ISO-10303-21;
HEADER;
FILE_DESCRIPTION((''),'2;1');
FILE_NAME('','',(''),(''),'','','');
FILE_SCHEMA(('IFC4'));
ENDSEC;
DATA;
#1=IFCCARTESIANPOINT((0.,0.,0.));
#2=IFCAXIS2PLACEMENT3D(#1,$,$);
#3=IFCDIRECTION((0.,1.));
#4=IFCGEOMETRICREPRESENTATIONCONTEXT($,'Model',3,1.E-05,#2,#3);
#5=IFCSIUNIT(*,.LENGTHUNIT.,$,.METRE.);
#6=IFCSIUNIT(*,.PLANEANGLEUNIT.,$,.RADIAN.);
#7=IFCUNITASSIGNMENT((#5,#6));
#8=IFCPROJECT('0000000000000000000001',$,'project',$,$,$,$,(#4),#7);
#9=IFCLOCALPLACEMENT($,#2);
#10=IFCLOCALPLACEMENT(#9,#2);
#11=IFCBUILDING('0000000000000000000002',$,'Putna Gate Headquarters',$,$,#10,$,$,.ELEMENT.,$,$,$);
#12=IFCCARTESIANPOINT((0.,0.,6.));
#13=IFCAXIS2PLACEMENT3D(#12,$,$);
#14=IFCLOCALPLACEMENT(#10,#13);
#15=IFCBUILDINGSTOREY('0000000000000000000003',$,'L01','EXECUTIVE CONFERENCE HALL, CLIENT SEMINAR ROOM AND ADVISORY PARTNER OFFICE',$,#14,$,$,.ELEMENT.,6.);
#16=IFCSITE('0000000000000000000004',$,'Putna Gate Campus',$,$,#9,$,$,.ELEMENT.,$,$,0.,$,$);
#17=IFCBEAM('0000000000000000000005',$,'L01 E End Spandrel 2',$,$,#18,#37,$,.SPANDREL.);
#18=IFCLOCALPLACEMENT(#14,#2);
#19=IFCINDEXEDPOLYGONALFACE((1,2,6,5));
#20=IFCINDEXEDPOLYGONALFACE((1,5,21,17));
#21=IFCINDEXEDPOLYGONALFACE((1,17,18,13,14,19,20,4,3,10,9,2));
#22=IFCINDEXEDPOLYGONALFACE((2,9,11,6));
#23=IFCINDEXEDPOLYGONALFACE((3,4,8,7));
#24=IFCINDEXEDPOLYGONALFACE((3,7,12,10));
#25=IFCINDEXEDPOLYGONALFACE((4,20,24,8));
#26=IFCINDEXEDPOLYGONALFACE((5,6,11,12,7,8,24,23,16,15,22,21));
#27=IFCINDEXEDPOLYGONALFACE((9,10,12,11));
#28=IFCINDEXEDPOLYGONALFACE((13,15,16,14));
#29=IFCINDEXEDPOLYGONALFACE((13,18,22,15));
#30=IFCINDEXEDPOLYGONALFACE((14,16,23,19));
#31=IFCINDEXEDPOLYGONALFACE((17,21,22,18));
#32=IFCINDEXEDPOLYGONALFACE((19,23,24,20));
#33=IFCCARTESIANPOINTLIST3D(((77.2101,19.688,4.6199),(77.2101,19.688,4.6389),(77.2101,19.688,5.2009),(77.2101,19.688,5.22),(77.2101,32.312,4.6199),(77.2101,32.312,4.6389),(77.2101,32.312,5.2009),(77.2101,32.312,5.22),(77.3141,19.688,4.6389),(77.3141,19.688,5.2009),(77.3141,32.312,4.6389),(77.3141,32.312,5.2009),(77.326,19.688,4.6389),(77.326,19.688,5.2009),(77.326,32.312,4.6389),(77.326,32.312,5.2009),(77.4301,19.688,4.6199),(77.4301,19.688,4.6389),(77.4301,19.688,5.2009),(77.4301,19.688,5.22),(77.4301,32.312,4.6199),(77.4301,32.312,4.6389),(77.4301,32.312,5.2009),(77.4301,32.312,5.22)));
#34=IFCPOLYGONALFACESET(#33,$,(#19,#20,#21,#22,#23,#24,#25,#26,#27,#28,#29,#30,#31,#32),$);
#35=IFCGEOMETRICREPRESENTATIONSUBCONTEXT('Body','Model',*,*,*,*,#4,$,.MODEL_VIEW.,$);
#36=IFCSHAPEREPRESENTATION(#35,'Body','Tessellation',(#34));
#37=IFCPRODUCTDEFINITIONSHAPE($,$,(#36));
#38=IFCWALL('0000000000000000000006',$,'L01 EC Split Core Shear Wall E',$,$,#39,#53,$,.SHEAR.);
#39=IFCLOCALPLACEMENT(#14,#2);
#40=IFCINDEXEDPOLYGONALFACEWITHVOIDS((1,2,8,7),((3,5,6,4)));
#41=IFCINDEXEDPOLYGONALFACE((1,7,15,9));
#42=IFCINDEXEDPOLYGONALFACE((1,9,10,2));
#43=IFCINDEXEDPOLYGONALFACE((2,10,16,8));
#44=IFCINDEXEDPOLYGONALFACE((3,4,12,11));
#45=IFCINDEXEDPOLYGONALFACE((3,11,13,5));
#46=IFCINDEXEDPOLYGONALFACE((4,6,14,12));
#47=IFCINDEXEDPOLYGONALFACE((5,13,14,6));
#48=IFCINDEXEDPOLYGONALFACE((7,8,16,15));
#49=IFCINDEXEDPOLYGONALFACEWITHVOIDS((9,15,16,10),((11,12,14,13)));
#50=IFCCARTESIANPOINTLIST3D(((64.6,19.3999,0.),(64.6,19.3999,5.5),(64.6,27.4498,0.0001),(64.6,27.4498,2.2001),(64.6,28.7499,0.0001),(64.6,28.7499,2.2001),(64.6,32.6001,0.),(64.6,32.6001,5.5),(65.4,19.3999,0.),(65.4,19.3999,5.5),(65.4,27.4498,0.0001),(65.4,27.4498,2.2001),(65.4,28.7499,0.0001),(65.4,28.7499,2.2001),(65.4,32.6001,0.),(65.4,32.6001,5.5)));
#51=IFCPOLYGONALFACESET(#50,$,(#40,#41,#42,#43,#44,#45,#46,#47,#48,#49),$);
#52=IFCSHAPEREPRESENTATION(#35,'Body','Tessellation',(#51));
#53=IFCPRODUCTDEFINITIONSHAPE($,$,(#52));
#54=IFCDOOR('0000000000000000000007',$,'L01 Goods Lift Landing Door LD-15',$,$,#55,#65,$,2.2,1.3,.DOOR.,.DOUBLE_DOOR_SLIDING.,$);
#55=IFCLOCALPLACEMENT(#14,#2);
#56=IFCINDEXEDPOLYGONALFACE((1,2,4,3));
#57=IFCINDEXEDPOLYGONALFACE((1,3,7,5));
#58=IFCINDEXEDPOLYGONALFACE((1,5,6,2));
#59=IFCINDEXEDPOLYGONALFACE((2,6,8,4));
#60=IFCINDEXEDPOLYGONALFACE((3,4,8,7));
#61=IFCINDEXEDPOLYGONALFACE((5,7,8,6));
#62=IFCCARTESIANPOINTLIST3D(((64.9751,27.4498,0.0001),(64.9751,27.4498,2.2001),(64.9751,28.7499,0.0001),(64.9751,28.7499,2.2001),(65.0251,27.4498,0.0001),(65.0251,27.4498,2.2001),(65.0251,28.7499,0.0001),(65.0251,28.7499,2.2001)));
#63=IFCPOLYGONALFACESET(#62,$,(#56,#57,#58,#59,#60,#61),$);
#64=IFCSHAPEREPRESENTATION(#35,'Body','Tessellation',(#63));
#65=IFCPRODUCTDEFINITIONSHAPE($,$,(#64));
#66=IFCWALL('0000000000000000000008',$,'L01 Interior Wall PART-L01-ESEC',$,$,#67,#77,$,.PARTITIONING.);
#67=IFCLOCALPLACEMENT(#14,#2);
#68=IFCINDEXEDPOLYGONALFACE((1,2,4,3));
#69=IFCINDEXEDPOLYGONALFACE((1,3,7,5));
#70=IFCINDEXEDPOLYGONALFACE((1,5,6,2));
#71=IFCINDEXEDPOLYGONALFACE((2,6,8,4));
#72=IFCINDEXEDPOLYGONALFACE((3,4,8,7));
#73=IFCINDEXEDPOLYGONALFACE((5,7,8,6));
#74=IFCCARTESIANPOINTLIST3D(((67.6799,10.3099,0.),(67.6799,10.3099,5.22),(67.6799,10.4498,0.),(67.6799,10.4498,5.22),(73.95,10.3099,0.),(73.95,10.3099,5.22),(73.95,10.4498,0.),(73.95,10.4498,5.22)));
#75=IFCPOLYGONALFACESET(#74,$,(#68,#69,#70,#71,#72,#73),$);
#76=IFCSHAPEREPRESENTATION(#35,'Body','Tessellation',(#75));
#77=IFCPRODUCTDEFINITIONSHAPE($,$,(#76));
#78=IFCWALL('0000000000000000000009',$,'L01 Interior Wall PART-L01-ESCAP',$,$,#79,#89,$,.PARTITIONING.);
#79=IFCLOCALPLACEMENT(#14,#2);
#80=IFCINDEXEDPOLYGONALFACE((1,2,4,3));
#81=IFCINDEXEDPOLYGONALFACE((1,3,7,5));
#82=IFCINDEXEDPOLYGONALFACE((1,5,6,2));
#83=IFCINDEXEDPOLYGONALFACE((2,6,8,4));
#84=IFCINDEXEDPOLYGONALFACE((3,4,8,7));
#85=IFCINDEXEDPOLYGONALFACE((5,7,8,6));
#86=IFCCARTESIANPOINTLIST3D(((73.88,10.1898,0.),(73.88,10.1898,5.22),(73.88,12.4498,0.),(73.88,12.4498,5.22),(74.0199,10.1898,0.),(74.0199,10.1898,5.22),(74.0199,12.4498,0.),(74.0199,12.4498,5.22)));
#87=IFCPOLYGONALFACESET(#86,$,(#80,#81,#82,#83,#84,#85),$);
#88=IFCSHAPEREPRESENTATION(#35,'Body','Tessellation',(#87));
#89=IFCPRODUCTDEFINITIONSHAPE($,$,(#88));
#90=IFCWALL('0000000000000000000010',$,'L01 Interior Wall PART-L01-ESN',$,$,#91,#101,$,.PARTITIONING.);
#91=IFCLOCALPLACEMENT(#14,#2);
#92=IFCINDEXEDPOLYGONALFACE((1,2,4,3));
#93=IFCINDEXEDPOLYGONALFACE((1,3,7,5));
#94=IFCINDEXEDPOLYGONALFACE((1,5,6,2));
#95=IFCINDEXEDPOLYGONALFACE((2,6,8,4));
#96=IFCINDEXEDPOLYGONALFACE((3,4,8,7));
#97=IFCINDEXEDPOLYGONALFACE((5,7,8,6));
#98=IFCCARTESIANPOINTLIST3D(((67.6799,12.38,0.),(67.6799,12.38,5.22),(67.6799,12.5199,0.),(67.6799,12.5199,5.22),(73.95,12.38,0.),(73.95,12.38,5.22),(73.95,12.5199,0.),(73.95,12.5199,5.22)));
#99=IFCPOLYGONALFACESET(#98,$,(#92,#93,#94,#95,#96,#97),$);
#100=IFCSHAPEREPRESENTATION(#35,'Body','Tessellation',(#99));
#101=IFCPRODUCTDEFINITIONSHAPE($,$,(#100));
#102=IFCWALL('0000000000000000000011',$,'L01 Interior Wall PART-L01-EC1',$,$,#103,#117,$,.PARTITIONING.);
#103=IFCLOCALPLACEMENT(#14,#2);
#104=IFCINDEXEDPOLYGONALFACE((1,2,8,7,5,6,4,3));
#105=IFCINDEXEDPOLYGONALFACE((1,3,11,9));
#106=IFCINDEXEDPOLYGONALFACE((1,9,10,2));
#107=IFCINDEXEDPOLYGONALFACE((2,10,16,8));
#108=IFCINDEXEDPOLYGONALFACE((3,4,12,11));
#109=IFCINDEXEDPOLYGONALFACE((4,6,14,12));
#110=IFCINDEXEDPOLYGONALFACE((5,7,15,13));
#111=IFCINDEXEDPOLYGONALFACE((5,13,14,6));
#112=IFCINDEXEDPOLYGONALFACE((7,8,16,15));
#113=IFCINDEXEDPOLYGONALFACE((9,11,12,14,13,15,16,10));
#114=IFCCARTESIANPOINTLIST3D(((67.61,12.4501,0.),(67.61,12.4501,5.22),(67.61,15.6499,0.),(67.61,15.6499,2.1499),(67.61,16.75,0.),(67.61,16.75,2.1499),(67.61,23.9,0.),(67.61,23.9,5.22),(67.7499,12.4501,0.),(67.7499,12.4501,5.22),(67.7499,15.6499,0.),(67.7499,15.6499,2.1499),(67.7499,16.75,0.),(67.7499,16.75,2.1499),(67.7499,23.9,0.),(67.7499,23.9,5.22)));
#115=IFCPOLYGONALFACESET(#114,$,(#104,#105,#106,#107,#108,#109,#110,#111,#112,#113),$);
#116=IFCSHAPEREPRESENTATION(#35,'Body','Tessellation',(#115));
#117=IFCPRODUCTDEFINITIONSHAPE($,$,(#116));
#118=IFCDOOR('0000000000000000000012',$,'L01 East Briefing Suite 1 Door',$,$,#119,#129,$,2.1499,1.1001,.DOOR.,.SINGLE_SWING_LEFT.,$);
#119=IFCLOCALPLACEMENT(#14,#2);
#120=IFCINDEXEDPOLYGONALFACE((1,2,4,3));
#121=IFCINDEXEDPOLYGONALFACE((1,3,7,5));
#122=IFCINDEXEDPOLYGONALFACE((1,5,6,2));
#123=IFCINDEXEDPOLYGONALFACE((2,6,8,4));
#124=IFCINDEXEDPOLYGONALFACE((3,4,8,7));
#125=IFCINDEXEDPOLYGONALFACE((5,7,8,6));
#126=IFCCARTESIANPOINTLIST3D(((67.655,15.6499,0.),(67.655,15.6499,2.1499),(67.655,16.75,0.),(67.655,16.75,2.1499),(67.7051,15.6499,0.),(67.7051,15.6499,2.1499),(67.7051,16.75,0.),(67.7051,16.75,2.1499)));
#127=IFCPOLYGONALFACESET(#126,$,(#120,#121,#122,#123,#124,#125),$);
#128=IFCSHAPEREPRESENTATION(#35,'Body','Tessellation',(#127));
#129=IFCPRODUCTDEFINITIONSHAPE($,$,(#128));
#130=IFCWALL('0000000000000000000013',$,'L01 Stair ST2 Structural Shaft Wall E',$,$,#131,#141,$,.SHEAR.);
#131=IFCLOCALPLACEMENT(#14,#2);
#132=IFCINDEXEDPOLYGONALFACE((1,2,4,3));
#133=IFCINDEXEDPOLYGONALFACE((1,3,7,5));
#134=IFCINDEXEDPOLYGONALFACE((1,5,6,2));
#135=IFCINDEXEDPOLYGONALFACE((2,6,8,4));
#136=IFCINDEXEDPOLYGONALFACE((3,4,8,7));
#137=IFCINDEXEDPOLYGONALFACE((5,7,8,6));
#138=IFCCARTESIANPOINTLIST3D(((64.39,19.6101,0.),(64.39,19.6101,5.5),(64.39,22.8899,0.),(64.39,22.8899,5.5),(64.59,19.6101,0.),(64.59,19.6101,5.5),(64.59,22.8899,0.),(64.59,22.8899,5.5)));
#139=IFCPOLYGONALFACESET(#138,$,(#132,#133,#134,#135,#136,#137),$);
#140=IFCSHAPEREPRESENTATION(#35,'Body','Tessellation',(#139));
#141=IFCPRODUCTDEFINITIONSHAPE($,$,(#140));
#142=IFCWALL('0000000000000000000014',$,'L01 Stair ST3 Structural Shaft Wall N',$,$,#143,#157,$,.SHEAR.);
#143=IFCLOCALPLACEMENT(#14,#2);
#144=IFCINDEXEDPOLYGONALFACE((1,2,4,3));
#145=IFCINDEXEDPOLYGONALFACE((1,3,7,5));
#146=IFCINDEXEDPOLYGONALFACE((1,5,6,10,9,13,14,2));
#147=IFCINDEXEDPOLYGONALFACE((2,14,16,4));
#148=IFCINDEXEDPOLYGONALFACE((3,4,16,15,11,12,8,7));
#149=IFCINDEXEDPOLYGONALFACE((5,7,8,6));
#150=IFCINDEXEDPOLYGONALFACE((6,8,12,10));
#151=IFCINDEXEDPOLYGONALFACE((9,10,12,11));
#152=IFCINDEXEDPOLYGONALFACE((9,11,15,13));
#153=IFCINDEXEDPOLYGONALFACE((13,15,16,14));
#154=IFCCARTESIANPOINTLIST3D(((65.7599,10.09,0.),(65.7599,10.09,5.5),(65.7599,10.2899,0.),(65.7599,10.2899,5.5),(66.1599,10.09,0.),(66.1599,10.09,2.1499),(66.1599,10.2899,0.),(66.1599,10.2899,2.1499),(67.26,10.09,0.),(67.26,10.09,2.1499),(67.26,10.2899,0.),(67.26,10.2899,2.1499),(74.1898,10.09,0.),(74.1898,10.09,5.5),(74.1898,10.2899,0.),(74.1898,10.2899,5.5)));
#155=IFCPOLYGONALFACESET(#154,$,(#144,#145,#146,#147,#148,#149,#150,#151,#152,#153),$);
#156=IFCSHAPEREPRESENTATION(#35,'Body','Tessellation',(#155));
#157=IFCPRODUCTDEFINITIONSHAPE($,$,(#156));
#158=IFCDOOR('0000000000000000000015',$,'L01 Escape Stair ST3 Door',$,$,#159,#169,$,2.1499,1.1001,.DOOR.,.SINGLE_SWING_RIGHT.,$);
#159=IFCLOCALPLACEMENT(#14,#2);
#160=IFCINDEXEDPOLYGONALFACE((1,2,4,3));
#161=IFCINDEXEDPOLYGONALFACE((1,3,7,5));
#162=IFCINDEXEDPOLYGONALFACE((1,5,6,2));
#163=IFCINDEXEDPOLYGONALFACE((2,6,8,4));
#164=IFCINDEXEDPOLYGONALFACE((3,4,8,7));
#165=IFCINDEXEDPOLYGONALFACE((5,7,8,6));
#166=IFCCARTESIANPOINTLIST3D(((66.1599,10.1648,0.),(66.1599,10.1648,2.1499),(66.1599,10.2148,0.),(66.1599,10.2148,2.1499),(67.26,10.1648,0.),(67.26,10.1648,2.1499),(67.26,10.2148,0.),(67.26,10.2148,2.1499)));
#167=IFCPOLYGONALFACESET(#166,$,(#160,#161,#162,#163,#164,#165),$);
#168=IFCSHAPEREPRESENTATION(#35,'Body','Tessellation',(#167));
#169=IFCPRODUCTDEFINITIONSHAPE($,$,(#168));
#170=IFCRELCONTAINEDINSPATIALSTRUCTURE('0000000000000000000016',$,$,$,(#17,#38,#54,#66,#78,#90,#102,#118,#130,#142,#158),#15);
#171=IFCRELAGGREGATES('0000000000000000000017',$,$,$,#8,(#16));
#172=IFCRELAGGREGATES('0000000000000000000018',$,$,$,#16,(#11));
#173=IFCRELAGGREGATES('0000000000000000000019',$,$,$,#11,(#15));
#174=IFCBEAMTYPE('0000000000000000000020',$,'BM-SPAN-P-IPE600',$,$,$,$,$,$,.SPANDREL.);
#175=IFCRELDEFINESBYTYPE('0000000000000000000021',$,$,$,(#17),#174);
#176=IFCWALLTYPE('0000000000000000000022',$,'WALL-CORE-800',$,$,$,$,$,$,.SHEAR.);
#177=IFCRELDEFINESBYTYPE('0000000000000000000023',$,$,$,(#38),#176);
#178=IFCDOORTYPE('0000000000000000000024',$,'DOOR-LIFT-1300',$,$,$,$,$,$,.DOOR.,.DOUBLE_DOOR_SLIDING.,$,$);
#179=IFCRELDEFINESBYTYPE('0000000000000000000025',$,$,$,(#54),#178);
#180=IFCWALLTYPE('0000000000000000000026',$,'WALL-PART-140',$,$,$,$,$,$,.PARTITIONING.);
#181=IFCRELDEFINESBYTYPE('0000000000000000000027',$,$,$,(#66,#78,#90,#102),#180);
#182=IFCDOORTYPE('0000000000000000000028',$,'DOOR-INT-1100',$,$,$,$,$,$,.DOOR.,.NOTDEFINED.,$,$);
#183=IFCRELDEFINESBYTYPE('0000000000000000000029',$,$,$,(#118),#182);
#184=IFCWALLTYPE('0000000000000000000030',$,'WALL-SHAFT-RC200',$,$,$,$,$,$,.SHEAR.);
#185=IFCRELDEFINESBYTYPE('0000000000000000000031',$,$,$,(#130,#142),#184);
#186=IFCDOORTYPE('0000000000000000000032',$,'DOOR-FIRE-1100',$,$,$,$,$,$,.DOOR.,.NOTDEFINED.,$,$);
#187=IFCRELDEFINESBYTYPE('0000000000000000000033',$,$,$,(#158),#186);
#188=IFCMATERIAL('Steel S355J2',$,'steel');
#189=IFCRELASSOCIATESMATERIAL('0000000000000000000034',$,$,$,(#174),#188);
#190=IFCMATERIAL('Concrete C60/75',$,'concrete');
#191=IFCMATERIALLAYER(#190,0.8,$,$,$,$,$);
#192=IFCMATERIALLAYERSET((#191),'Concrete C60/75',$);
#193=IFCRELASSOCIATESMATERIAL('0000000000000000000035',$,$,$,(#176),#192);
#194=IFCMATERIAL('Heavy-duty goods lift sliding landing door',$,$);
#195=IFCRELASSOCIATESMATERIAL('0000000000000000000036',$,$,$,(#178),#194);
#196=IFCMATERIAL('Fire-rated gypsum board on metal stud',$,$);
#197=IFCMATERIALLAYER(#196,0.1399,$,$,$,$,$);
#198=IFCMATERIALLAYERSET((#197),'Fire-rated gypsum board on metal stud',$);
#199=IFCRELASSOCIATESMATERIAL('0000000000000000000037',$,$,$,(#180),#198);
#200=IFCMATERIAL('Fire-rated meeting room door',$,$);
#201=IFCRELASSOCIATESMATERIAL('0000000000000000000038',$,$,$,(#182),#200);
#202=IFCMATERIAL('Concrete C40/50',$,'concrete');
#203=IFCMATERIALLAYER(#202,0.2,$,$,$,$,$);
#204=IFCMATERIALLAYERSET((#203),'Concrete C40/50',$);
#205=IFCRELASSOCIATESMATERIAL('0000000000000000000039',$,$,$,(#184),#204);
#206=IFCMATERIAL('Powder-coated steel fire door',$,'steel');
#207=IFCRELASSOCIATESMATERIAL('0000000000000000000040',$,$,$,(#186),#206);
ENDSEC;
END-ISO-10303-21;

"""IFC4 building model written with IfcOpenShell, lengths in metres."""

from ifc_helpers import new_model, si_unit, direction, frame, frame_2d, origin, origin_2d, place, context, subcontext, project, spatial, rectangle, i_section, extrude, material, layer, layer_set, material_profile, profile_set, type_object, element, fill, save


model = new_model("IFC4")

# Units and contexts
model_context = context("Model", 3, precision=1e-05, world=origin(), true_north=direction((0.0, 1.0)))
body_context = subcontext(model_context, "Body", "Model", "MODEL_VIEW")
ifc_project = project(units=[si_unit("LENGTHUNIT", "METRE"), si_unit("PLANEANGLEUNIT", "RADIAN")], contexts=[model_context])

# Site, building, storey
site_placement = place(None, origin())
site = spatial("IfcSite", under=ifc_project, at=site_placement, Name="Putna Gate Campus", CompositionType="ELEMENT", RefElevation=0.0)
building_placement = place(site_placement, origin())
building = spatial("IfcBuilding", under=site, at=building_placement, Name="Putna Gate Headquarters", CompositionType="ELEMENT")
storey_placement = place(building_placement, frame((0.0, 0.0, 6.0)))
storey = spatial("IfcBuildingStorey", under=building, at=storey_placement, Name="L01", Description="EXECUTIVE CONFERENCE HALL, CLIENT SEMINAR ROOM AND ADVISORY PARTNER OFFICE", CompositionType="ELEMENT", Elevation=6.0)

# Shared definitions
ifc_material_1 = material(Name="Concrete C60/75", Category="concrete")

# Beam
ifc_material_2 = material(Name="Steel S355J2", Category="steel")
ifc_material_profile_1 = material_profile(ifc_material_2, i_section(OverallWidth=0.22, OverallDepth=0.6001, WebThickness=0.012, FlangeThickness=0.019, at=origin_2d()), Name="Steel S355J2")
ifc_profile_set_1 = profile_set([ifc_material_profile_1], Name="Steel S355J2")
beam_type_1 = type_object("IfcBeamType", Name="BM-SPAN-P-IPE600", PredefinedType="SPANDREL", material=ifc_profile_set_1)
beam_1_placement = place(storey_placement, frame((77.3201, 19.688, 4.9199), z_axis=(0.0, 1.0, 0.0), x_axis=(-1.0, 0.0, 0.0)))
element("IfcBeam", 1, at=beam_1_placement, inside=storey, type_object=beam_type_1, Name="L01 E End Spandrel 2", PredefinedType="SPANDREL", context=body_context, shape_type="SweptSolid", body=[
    extrude(i_section(OverallWidth=0.22, OverallDepth=0.6001, WebThickness=0.012, FlangeThickness=0.019, at=origin_2d()), origin(), (0.0, 0.0, 1.0), 12.624),
])

# Wall, opening, door
ifc_layer_1 = layer(ifc_material_1, 0.8)
ifc_layer_set_1 = layer_set([ifc_layer_1], Name="Concrete C60/75")
wall_type_1 = type_object("IfcWallType", Name="WALL-CORE-800", PredefinedType="SHEAR", material=ifc_layer_set_1)
wall_1_placement = place(storey_placement, frame((65.0, 19.3999, 0.0), z_axis=(0.0, 0.0, 1.0), x_axis=(0.0, 1.0, 0.0)))
wall_1 = element("IfcWall", 2, at=wall_1_placement, inside=storey, type_object=wall_type_1, Name="L01 EC Split Core Shear Wall E", PredefinedType="SHEAR", context=body_context, shape_type="SweptSolid", body=[
    extrude(rectangle(XDim=13.2002, YDim=0.8, at=frame_2d((6.6001, 0.0))), origin(), (0.0, 0.0, 1.0), 5.5),
])
opening_1_placement = place(wall_1_placement, frame((8.05, 0.0, 0.0)))
opening_1 = element("IfcOpeningElement", 3, at=opening_1_placement, cuts=wall_1, PredefinedType="OPENING", context=body_context, shape_type="SweptSolid", body=[
    extrude(rectangle(XDim=1.3, YDim=2.2, at=frame_2d((0.6499, 1.1001))), frame((0.0, 0.4099, 0.0), z_axis=(0.0, -1.0, 0.0), x_axis=(1.0, 0.0, 0.0)), (0.0, 0.0, 1.0), 0.8201),
])
ifc_material_3 = material(Name="Heavy-duty goods lift sliding landing door")
door_type_1 = type_object("IfcDoorType", Name="DOOR-LIFT-1300", OperationType="DOUBLE_DOOR_SLIDING", PredefinedType="DOOR", material=ifc_material_3)
door_1_placement = place(opening_1_placement, origin())
door_1 = element("IfcDoor", 4, at=door_1_placement, inside=storey, type_object=door_type_1, Name="L01 Goods Lift Landing Door LD-15", OperationType="DOUBLE_DOOR_SLIDING", OverallHeight=2.2, OverallWidth=1.3, PredefinedType="DOOR", context=body_context, shape_type="SweptSolid", body=[
    extrude(rectangle(XDim=1.3, YDim=2.2, at=frame_2d((0.6499, 1.1001))), frame((0.0, 0.0249, 0.0), z_axis=(0.0, -1.0, 0.0), x_axis=(1.0, 0.0, 0.0)), (0.0, 0.0, 1.0), 0.05),
])
fill(opening_1, door_1)

# Walls
ifc_material_4 = material(Name="Fire-rated gypsum board on metal stud")
ifc_layer_2 = layer(ifc_material_4, 0.1399)
ifc_layer_set_2 = layer_set([ifc_layer_2], Name="Fire-rated gypsum board on metal stud")
wall_type_2 = type_object("IfcWallType", Name="WALL-PART-140", PredefinedType="PARTITIONING", material=ifc_layer_set_2)
wall_2_placement = place(storey_placement, frame((67.6799, 10.3799, 0.0), z_axis=(0.0, 0.0, 1.0), x_axis=(1.0, 0.0, 0.0)))
element("IfcWall", 5, at=wall_2_placement, inside=storey, type_object=wall_type_2, Name="L01 Interior Wall PART-L01-ESEC", PredefinedType="PARTITIONING", context=body_context, shape_type="SweptSolid", body=[
    extrude(rectangle(XDim=6.27, YDim=0.1399, at=frame_2d((3.135, 0.0))), origin(), (0.0, 0.0, 1.0), 5.22),
])
wall_3_placement = place(storey_placement, frame((73.95, 10.1899, 0.0), z_axis=(0.0, 0.0, 1.0), x_axis=(0.0, 1.0, 0.0)))
element("IfcWall", 6, at=wall_3_placement, inside=storey, type_object=wall_type_2, Name="L01 Interior Wall PART-L01-ESCAP", PredefinedType="PARTITIONING", context=body_context, shape_type="SweptSolid", body=[
    extrude(rectangle(XDim=2.26, YDim=0.1399, at=frame_2d((1.1299, 0.0))), origin(), (0.0, 0.0, 1.0), 5.22),
])
wall_4_placement = place(storey_placement, frame((67.6799, 12.45, 0.0), z_axis=(0.0, 0.0, 1.0), x_axis=(1.0, 0.0, 0.0)))
element("IfcWall", 7, at=wall_4_placement, inside=storey, type_object=wall_type_2, Name="L01 Interior Wall PART-L01-ESN", PredefinedType="PARTITIONING", context=body_context, shape_type="SweptSolid", body=[
    extrude(rectangle(XDim=6.27, YDim=0.1399, at=frame_2d((3.135, 0.0))), origin(), (0.0, 0.0, 1.0), 5.22),
])

# Wall, opening, door
wall_5_placement = place(storey_placement, frame((67.6799, 12.45, 0.0), z_axis=(0.0, 0.0, 1.0), x_axis=(0.0, 1.0, 0.0)))
wall_5 = element("IfcWall", 8, at=wall_5_placement, inside=storey, type_object=wall_type_2, Name="L01 Interior Wall PART-L01-EC1", PredefinedType="PARTITIONING", context=body_context, shape_type="SweptSolid", body=[
    extrude(rectangle(XDim=11.45, YDim=0.1399, at=frame_2d((5.7251, 0.0))), origin(), (0.0, 0.0, 1.0), 5.22),
])
opening_2_placement = place(wall_5_placement, frame((3.2, 0.0, 0.0)))
opening_2 = element("IfcOpeningElement", 9, at=opening_2_placement, cuts=wall_5, PredefinedType="OPENING", context=body_context, shape_type="SweptSolid", body=[
    extrude(rectangle(XDim=1.1001, YDim=2.1499, at=frame_2d((0.55, 1.075))), frame((0.0, 0.0798, 0.0), z_axis=(0.0, -1.0, 0.0), x_axis=(1.0, 0.0, 0.0)), (0.0, 0.0, 1.0), 0.1599),
])
ifc_material_5 = material(Name="Fire-rated meeting room door")
door_type_2 = type_object("IfcDoorType", Name="DOOR-INT-1100", OperationType="NOTDEFINED", PredefinedType="DOOR", material=ifc_material_5)
door_2_placement = place(opening_2_placement, origin())
door_2 = element("IfcDoor", 10, at=door_2_placement, inside=storey, type_object=door_type_2, Name="L01 East Briefing Suite 1 Door", OperationType="SINGLE_SWING_LEFT", OverallHeight=2.1499, OverallWidth=1.1001, PredefinedType="DOOR", context=body_context, shape_type="SweptSolid", body=[
    extrude(rectangle(XDim=1.1001, YDim=2.1499, at=frame_2d((0.55, 1.075))), frame((0.0, 0.0249, 0.0), z_axis=(0.0, -1.0, 0.0), x_axis=(1.0, 0.0, 0.0)), (0.0, 0.0, 1.0), 0.05),
])
fill(opening_2, door_2)

# Wall
ifc_material_6 = material(Name="Concrete C40/50", Category="concrete")
ifc_layer_3 = layer(ifc_material_6, 0.2)
ifc_layer_set_3 = layer_set([ifc_layer_3], Name="Concrete C40/50")
wall_type_3 = type_object("IfcWallType", Name="WALL-SHAFT-RC200", PredefinedType="SHEAR", material=ifc_layer_set_3)
wall_6_placement = place(storey_placement, frame((64.49, 19.6101, 0.0), z_axis=(0.0, 0.0, 1.0), x_axis=(0.0, 1.0, 0.0)))
element("IfcWall", 11, at=wall_6_placement, inside=storey, type_object=wall_type_3, Name="L01 Stair ST2 Structural Shaft Wall E", PredefinedType="SHEAR", context=body_context, shape_type="SweptSolid", body=[
    extrude(rectangle(XDim=3.2798, YDim=0.2, at=frame_2d((1.6399, 0.0))), origin(), (0.0, 0.0, 1.0), 5.5),
])

# Wall, opening, door
wall_7_placement = place(storey_placement, frame((65.76, 10.1899, 0.0), z_axis=(0.0, 0.0, 1.0), x_axis=(1.0, 0.0, 0.0)))
wall_7 = element("IfcWall", 12, at=wall_7_placement, inside=storey, type_object=wall_type_3, Name="L01 Stair ST3 Structural Shaft Wall N", PredefinedType="SHEAR", context=body_context, shape_type="SweptSolid", body=[
    extrude(rectangle(XDim=8.4299, YDim=0.2, at=frame_2d((4.2148, 0.0))), origin(), (0.0, 0.0, 1.0), 5.5),
])
opening_3_placement = place(wall_7_placement, frame((0.3999, 0.0, 0.0)))
opening_3 = element("IfcOpeningElement", 13, at=opening_3_placement, cuts=wall_7, PredefinedType="OPENING", context=body_context, shape_type="SweptSolid", body=[
    extrude(rectangle(XDim=1.1001, YDim=2.1499, at=frame_2d((0.55, 1.075))), frame((0.0, 0.1099, 0.0), z_axis=(0.0, -1.0, 0.0), x_axis=(1.0, 0.0, 0.0)), (0.0, 0.0, 1.0), 0.22),
])
ifc_material_7 = material(Name="Powder-coated steel fire door", Category="steel")
door_type_3 = type_object("IfcDoorType", Name="DOOR-FIRE-1100", OperationType="NOTDEFINED", PredefinedType="DOOR", material=ifc_material_7)
door_3_placement = place(opening_3_placement, origin())
door_3 = element("IfcDoor", 14, at=door_3_placement, inside=storey, type_object=door_type_3, Name="L01 Escape Stair ST3 Door", OperationType="SINGLE_SWING_RIGHT", OverallHeight=2.1499, OverallWidth=1.1001, PredefinedType="DOOR", context=body_context, shape_type="SweptSolid", body=[
    extrude(rectangle(XDim=1.1001, YDim=2.1499, at=frame_2d((0.55, 1.075))), frame((0.0, 0.0249, 0.0), z_axis=(0.0, -1.0, 0.0), x_axis=(1.0, 0.0, 0.0)), (0.0, 0.0, 1.0), 0.05),
])
fill(opening_3, door_3)

save(model, "model.ifc")
